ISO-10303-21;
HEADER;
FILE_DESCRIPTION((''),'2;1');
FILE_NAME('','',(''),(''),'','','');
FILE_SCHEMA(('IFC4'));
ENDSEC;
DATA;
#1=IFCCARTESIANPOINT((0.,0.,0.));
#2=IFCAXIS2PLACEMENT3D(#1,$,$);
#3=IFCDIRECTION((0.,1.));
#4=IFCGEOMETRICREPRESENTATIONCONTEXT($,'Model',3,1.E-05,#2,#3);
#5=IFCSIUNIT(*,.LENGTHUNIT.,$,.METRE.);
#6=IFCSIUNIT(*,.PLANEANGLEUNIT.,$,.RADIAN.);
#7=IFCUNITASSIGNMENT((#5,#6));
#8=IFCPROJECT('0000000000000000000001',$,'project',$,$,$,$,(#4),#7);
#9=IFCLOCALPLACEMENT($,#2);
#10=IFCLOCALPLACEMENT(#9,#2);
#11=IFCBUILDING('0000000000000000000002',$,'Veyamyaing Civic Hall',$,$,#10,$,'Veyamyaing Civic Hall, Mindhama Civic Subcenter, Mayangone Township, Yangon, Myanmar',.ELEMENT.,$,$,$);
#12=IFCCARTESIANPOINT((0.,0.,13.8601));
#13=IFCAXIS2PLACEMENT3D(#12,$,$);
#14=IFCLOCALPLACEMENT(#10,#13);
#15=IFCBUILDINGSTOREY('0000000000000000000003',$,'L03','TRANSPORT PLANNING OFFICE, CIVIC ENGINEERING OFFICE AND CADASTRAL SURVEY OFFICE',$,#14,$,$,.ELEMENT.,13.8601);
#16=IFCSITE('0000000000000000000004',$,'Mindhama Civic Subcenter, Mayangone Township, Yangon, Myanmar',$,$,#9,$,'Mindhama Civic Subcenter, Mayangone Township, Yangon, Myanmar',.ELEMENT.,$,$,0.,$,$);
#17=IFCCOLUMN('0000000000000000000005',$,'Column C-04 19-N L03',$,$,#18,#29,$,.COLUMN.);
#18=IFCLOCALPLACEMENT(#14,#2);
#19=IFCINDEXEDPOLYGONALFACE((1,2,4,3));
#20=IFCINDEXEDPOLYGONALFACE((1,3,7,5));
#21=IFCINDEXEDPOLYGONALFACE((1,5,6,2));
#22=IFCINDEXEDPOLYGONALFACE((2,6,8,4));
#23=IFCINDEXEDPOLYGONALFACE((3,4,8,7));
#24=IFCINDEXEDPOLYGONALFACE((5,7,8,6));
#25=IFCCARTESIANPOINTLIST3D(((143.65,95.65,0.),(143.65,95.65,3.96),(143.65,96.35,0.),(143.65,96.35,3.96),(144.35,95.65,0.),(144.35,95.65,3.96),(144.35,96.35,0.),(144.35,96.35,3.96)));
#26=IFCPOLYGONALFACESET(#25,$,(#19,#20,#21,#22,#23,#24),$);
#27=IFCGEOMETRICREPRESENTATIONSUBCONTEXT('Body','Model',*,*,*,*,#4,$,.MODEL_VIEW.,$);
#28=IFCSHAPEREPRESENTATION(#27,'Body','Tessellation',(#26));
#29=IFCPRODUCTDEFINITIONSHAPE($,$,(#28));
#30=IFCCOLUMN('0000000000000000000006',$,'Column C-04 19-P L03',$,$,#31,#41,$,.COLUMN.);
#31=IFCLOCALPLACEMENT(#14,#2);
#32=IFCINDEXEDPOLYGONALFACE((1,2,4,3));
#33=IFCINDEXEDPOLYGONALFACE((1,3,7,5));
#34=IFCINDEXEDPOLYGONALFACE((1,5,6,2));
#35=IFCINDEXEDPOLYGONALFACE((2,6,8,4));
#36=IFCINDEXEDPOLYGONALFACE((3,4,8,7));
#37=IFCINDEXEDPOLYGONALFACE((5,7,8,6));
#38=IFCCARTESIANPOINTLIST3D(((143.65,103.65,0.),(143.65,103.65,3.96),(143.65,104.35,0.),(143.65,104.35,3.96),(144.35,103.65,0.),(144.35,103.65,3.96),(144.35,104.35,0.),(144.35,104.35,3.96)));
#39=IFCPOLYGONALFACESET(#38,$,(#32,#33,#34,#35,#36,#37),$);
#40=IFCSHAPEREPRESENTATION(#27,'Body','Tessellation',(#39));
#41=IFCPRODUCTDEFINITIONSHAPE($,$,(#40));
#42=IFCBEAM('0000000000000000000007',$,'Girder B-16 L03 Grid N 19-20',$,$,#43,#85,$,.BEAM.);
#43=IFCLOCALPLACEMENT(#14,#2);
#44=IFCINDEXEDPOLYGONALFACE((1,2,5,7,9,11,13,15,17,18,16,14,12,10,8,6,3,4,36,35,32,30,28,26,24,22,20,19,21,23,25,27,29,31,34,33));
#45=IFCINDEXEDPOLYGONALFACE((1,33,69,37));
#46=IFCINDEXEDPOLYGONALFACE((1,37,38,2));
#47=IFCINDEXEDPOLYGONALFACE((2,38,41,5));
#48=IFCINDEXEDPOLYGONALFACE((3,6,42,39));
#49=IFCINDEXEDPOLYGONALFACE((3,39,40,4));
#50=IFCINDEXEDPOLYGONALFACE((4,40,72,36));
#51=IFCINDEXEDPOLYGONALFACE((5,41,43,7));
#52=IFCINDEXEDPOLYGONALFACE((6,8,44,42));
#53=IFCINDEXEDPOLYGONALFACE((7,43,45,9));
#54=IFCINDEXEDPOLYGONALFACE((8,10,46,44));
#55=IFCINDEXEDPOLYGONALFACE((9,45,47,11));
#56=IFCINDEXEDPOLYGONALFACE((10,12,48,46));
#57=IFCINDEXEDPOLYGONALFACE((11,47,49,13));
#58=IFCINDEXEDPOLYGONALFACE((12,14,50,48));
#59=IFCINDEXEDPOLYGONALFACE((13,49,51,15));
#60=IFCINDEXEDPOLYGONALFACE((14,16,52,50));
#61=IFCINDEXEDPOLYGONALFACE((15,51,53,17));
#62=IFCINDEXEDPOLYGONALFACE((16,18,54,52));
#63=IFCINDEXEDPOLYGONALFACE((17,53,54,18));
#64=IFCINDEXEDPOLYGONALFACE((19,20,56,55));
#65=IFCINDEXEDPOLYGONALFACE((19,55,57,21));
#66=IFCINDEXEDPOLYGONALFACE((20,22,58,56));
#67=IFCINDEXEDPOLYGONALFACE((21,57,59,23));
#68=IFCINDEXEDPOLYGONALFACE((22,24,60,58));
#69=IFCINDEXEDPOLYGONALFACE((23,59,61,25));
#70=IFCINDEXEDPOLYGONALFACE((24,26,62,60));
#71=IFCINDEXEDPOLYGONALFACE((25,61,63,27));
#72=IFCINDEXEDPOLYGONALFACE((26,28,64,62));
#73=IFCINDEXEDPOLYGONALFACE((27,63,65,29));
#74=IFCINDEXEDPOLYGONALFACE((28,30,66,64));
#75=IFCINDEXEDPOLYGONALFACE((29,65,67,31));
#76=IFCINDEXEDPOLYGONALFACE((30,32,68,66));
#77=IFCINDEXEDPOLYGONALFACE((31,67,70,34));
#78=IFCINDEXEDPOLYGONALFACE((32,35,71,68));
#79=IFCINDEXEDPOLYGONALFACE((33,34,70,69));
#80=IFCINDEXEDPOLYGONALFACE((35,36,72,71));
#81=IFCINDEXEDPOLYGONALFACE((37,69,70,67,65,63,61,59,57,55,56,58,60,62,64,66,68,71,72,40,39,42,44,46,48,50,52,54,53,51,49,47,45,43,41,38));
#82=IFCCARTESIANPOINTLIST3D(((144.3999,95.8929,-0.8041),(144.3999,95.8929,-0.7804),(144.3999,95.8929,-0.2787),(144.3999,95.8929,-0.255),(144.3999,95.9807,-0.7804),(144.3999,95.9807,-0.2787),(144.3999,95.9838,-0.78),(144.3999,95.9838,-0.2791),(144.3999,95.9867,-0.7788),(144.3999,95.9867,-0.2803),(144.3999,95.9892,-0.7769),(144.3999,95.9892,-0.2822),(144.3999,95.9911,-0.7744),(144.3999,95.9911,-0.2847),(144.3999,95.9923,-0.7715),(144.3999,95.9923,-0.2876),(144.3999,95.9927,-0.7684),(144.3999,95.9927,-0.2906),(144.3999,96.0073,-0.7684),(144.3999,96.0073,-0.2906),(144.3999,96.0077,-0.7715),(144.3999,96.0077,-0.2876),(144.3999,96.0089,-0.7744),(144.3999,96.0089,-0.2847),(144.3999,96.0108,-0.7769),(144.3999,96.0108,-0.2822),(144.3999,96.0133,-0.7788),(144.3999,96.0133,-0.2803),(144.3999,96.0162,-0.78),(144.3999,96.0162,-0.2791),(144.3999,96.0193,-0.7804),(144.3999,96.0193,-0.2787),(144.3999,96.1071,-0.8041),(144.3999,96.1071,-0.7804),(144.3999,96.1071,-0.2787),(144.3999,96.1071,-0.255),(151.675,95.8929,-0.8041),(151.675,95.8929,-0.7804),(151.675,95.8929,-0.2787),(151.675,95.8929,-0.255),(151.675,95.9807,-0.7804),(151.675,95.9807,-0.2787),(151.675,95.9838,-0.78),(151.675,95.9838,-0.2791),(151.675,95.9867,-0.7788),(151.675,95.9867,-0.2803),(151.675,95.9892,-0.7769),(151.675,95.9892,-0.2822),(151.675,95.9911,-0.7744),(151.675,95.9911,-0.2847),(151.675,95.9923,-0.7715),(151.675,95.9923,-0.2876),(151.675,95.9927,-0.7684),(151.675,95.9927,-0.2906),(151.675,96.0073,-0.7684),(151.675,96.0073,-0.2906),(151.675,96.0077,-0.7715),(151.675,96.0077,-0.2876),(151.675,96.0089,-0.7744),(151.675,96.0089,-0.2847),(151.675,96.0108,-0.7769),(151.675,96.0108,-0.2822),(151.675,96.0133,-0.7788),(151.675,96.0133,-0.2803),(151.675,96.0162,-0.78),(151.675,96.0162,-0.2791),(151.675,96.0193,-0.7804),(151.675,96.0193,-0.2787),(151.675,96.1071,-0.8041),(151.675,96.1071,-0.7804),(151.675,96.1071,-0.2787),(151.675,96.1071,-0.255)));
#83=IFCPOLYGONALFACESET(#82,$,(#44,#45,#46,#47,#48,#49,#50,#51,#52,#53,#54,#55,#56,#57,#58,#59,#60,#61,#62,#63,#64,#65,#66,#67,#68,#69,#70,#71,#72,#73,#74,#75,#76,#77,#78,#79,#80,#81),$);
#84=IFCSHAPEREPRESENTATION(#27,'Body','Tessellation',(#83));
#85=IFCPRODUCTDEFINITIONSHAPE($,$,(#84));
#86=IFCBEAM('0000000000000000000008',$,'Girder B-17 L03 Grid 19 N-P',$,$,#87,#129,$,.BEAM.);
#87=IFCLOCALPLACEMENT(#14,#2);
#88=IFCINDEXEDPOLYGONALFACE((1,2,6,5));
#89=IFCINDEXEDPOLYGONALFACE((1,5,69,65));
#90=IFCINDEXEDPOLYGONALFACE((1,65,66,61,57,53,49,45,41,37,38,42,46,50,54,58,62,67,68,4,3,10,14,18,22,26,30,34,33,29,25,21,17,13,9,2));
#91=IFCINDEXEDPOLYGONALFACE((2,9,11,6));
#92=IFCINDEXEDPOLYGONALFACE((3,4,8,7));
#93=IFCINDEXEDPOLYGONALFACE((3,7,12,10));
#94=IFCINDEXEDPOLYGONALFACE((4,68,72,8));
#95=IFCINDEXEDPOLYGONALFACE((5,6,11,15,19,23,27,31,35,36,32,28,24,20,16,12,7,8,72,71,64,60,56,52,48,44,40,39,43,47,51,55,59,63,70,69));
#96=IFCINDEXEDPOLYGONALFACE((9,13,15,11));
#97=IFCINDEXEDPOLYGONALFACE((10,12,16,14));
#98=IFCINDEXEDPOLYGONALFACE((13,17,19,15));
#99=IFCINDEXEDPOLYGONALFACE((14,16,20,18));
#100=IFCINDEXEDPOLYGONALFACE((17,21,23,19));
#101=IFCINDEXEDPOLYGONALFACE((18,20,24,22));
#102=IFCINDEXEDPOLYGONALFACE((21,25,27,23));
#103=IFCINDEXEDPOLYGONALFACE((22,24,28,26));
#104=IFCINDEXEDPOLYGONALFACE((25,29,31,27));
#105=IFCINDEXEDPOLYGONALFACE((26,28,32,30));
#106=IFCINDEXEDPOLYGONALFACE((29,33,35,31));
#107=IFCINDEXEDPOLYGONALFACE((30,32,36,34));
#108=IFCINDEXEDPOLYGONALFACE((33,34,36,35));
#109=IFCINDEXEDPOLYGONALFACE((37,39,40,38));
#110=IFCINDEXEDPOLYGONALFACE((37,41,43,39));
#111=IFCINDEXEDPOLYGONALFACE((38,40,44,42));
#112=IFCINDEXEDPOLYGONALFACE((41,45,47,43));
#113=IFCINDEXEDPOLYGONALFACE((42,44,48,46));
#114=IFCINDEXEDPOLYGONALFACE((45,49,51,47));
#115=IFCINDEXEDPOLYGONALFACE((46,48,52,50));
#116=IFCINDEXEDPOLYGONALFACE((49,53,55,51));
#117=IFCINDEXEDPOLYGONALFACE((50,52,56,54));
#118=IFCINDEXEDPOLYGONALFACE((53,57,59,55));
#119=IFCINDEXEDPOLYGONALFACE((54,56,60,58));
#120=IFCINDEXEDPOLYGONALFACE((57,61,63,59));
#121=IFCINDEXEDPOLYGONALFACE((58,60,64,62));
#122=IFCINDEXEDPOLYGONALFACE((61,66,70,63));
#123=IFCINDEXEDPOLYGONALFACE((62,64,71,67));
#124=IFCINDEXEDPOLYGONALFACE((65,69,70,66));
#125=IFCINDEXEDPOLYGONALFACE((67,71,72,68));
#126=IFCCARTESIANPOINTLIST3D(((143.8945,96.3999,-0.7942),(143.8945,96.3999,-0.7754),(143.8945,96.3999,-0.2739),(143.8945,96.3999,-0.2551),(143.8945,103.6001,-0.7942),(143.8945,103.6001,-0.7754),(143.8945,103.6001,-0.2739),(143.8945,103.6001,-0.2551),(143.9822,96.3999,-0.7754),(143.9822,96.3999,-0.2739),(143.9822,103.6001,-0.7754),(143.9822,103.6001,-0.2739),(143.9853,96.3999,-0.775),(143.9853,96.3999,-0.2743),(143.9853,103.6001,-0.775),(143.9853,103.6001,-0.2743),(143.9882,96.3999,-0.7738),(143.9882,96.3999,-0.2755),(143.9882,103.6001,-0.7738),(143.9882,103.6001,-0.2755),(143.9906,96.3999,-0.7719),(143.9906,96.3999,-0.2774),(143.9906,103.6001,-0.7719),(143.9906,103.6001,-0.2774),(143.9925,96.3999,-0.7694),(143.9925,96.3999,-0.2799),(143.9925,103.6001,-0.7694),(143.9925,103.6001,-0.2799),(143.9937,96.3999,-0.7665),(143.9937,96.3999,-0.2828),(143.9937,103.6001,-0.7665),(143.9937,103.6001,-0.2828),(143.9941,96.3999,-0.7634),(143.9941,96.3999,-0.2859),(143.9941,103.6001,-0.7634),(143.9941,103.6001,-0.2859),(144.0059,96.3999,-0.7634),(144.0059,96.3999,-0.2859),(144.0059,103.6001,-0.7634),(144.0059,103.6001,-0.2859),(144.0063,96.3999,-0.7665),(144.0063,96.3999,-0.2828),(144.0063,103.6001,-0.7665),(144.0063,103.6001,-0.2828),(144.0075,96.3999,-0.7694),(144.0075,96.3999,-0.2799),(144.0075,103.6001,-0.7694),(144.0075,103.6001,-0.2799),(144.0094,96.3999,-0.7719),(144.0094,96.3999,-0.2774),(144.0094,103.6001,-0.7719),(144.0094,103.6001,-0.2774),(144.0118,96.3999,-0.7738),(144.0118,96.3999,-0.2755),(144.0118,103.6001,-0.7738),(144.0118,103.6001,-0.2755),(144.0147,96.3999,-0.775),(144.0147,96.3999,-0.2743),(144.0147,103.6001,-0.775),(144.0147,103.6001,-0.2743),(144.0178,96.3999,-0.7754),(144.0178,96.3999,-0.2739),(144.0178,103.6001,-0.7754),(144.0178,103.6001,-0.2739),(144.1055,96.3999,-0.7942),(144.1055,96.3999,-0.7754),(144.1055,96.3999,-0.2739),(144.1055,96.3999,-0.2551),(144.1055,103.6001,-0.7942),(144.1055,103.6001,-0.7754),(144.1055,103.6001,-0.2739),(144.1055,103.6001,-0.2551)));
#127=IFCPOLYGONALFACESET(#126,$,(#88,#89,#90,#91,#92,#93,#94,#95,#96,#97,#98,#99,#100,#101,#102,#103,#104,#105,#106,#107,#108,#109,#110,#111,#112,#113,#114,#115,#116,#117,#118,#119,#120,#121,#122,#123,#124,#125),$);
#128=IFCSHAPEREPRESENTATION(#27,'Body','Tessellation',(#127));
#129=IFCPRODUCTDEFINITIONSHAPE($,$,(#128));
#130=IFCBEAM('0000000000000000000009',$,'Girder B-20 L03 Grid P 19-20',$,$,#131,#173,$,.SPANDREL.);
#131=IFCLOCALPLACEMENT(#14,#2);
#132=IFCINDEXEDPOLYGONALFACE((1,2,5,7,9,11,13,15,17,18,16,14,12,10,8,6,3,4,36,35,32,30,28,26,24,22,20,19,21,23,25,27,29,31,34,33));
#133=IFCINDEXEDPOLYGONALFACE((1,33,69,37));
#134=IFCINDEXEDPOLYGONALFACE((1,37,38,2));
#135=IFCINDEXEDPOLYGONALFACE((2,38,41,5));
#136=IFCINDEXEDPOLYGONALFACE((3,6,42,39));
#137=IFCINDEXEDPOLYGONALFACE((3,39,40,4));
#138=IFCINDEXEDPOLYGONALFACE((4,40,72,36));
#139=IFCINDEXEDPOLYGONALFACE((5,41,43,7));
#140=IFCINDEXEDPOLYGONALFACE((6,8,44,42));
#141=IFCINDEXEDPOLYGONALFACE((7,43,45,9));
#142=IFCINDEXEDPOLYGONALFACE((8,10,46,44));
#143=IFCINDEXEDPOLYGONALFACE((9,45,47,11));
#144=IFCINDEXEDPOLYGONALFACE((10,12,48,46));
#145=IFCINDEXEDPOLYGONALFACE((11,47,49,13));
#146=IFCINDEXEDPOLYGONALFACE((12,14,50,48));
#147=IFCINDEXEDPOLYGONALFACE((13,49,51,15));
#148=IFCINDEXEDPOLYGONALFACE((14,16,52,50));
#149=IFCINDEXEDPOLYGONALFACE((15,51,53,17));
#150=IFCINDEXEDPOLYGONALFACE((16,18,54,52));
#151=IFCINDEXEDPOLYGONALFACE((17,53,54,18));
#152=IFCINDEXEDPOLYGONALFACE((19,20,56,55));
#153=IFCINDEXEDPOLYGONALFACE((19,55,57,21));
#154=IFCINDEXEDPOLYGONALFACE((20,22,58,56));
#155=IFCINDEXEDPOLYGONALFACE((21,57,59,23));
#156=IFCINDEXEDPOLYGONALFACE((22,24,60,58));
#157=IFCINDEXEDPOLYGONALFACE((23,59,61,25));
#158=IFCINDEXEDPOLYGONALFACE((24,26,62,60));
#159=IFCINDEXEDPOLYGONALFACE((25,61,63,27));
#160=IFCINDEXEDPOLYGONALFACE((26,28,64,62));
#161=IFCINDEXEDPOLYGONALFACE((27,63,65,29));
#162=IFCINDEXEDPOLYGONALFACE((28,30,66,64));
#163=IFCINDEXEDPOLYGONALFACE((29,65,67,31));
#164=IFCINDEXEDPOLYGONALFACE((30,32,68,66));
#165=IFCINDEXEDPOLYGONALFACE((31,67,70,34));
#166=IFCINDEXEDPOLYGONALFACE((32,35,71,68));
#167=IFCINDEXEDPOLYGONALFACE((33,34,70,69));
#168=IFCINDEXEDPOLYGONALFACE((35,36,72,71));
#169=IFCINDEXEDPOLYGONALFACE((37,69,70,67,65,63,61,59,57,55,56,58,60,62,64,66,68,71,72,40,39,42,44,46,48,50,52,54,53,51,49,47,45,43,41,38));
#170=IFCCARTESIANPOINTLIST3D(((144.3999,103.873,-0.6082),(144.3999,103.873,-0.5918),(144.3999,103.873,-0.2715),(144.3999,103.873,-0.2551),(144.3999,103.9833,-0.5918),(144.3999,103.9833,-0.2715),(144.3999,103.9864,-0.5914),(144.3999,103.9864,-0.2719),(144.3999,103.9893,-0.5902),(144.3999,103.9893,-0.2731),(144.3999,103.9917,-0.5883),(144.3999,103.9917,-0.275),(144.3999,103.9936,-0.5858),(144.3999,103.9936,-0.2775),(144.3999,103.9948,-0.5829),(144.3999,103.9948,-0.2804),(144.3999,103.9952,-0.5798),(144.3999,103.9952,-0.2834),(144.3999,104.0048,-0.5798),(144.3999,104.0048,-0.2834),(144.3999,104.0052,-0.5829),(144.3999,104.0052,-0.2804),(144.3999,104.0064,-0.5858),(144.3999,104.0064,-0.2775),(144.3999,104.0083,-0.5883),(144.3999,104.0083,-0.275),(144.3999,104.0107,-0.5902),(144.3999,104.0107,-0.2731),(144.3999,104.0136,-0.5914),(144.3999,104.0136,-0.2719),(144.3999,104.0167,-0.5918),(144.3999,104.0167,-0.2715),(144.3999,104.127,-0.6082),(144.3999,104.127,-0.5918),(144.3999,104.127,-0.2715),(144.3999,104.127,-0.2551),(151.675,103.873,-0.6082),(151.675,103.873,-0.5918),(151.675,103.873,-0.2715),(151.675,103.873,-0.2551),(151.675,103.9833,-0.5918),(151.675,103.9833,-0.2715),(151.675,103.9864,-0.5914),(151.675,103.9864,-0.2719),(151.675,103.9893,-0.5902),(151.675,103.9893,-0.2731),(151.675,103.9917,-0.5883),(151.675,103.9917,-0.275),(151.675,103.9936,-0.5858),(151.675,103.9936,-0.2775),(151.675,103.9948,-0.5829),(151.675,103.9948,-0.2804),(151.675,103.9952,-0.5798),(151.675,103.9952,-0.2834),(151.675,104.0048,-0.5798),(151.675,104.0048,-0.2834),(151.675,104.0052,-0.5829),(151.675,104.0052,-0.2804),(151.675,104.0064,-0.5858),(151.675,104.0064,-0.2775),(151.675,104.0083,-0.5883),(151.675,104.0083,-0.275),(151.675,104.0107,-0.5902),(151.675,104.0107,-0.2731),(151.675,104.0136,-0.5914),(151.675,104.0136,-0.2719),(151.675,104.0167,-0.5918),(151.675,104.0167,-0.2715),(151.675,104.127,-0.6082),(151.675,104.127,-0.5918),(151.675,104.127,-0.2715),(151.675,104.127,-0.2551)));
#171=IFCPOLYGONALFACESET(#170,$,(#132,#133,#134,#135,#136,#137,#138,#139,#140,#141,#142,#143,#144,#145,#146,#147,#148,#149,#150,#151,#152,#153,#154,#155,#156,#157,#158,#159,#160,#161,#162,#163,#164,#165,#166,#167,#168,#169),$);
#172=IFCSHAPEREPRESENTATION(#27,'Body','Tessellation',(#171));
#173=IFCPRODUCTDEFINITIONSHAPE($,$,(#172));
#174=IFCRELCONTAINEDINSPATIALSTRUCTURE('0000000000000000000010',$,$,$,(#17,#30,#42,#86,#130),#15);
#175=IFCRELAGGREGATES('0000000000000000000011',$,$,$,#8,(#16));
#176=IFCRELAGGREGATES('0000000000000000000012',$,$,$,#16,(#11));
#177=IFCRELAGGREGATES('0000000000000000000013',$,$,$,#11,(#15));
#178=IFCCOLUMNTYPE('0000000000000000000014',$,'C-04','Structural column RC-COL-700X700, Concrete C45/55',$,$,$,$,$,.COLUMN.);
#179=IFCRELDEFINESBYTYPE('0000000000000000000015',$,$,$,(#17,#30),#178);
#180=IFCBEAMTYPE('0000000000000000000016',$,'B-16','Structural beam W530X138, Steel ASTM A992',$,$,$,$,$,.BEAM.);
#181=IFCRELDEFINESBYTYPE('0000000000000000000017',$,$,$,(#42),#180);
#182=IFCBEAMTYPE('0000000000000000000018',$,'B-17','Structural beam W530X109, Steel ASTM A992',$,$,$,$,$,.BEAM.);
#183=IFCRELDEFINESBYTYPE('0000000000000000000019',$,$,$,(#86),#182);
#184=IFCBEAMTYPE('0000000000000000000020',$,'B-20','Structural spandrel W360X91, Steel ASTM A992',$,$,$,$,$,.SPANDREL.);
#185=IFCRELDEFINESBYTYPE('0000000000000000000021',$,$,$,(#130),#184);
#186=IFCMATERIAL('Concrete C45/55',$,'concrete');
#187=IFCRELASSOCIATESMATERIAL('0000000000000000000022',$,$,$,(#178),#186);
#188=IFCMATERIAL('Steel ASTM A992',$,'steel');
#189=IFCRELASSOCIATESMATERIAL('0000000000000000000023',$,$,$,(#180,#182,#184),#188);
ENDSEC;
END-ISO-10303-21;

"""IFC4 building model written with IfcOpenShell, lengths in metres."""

from ifc_helpers import new_model, si_unit, direction, frame, origin, origin_2d, place, context, subcontext, project, spatial, rectangle, i_section, extrude, material, material_profile, profile_set, type_object, element, save


model = new_model("IFC4")

# Units and contexts
model_context = context("Model", 3, precision=1e-05, world=origin(), true_north=direction((0.0, 1.0)))
body_context = subcontext(model_context, "Body", "Model", "MODEL_VIEW")
ifc_project = project(units=[si_unit("LENGTHUNIT", "METRE"), si_unit("PLANEANGLEUNIT", "RADIAN")], contexts=[model_context])

# Site, building, storey
site_placement = place(None, origin())
site = spatial("IfcSite", under=ifc_project, at=site_placement, Name="Mindhama Civic Subcenter, Mayangone Township, Yangon, Myanmar", LongName="Mindhama Civic Subcenter, Mayangone Township, Yangon, Myanmar", CompositionType="ELEMENT", RefElevation=0.0)
building_placement = place(site_placement, origin())
building = spatial("IfcBuilding", under=site, at=building_placement, Name="Veyamyaing Civic Hall", LongName="Veyamyaing Civic Hall, Mindhama Civic Subcenter, Mayangone Township, Yangon, Myanmar", CompositionType="ELEMENT")
storey_placement = place(building_placement, frame((0.0, 0.0, 13.8601)))
storey = spatial("IfcBuildingStorey", under=building, at=storey_placement, Name="L03", Description="TRANSPORT PLANNING OFFICE, CIVIC ENGINEERING OFFICE AND CADASTRAL SURVEY OFFICE", CompositionType="ELEMENT", Elevation=13.8601)

# Columns
ifc_material_1 = material(Name="Concrete C45/55", Category="concrete")
ifc_material_profile_1 = material_profile(ifc_material_1, rectangle(XDim=0.7, YDim=0.7, at=origin_2d()), Name="RC-COL-700X700")
ifc_profile_set_1 = profile_set([ifc_material_profile_1], Name="Concrete C45/55")
column_type = type_object("IfcColumnType", Name="C-04", Description="Structural column RC-COL-700X700, Concrete C45/55", PredefinedType="COLUMN", material=ifc_profile_set_1)
for number, where, z_axis, x_axis, name in (
    (1, (144.0, 96.0, 0.0), (0.0, 0.0, 1.0), (1.0, 0.0, 0.0), "Column C-04 19-N L03"),
    (2, (144.0, 104.0, 0.0), (0.0, 0.0, 1.0), (1.0, 0.0, 0.0), "Column C-04 19-P L03"),
):
    element("IfcColumn", number, at=place(storey_placement, frame(where, z_axis=z_axis, x_axis=x_axis)), inside=storey, type_object=column_type, Name=name, PredefinedType="COLUMN", context=body_context, shape_type="SweptSolid", body=[
        extrude(rectangle(XDim=0.7, YDim=0.7, at=origin_2d()), origin(), (0.0, 0.0, 1.0), 3.96),
    ])

# Beams
ifc_material_2 = material(Name="Steel ASTM A992", Category="steel")
ifc_material_profile_2 = material_profile(ifc_material_2, i_section(OverallWidth=0.2141, OverallDepth=0.5491, WebThickness=0.0146, FlangeThickness=0.0237, FilletRadius=0.012, at=origin_2d()), Name="W530X138")
ifc_profile_set_2 = profile_set([ifc_material_profile_2], Name="Steel ASTM A992")
beam_type_1 = type_object("IfcBeamType", Name="B-16", Description="Structural beam W530X138, Steel ASTM A992", PredefinedType="BEAM", material=ifc_profile_set_2)
beam_1_placement = place(storey_placement, frame((144.3999, 96.0, -0.5295), z_axis=(1.0, 0.0, 0.0), x_axis=(0.0, 1.0, 0.0)))
element("IfcBeam", 3, at=beam_1_placement, inside=storey, type_object=beam_type_1, Name="Girder B-16 L03 Grid N 19-20", PredefinedType="BEAM", context=body_context, shape_type="SweptSolid", body=[
    extrude(i_section(OverallWidth=0.2141, OverallDepth=0.5491, WebThickness=0.0146, FlangeThickness=0.0237, FilletRadius=0.012, at=origin_2d()), origin(), (0.0, 0.0, 1.0), 7.2751),
])
ifc_material_profile_3 = material_profile(ifc_material_2, i_section(OverallWidth=0.2109, OverallDepth=0.5391, WebThickness=0.0117, FlangeThickness=0.0188, FilletRadius=0.012, at=origin_2d()), Name="W530X109")
ifc_profile_set_3 = profile_set([ifc_material_profile_3], Name="Steel ASTM A992")
beam_type_2 = type_object("IfcBeamType", Name="B-17", Description="Structural beam W530X109, Steel ASTM A992", PredefinedType="BEAM", material=ifc_profile_set_3)
beam_2_placement = place(storey_placement, frame((144.0, 96.3999, -0.5247), z_axis=(0.0, 1.0, 0.0), x_axis=(-1.0, 0.0, 0.0)))
element("IfcBeam", 4, at=beam_2_placement, inside=storey, type_object=beam_type_2, Name="Girder B-17 L03 Grid 19 N-P", PredefinedType="BEAM", context=body_context, shape_type="SweptSolid", body=[
    extrude(i_section(OverallWidth=0.2109, OverallDepth=0.5391, WebThickness=0.0117, FlangeThickness=0.0188, FilletRadius=0.012, at=origin_2d()), origin(), (0.0, 0.0, 1.0), 7.2002),
])
ifc_material_profile_4 = material_profile(ifc_material_2, i_section(OverallWidth=0.2539, OverallDepth=0.353, WebThickness=0.0095, FlangeThickness=0.0164, FilletRadius=0.012, at=origin_2d()), Name="W360X91")
ifc_profile_set_4 = profile_set([ifc_material_profile_4], Name="Steel ASTM A992")
beam_type_3 = type_object("IfcBeamType", Name="B-20", Description="Structural spandrel W360X91, Steel ASTM A992", PredefinedType="SPANDREL", material=ifc_profile_set_4)
beam_3_placement = place(storey_placement, frame((144.3999, 104.0, -0.4316), z_axis=(1.0, 0.0, 0.0), x_axis=(0.0, 1.0, 0.0)))
element("IfcBeam", 5, at=beam_3_placement, inside=storey, type_object=beam_type_3, Name="Girder B-20 L03 Grid P 19-20", PredefinedType="SPANDREL", context=body_context, shape_type="SweptSolid", body=[
    extrude(i_section(OverallWidth=0.2539, OverallDepth=0.353, WebThickness=0.0095, FlangeThickness=0.0164, FilletRadius=0.012, at=origin_2d()), origin(), (0.0, 0.0, 1.0), 7.2751),
])

save(model, "model.ifc")
